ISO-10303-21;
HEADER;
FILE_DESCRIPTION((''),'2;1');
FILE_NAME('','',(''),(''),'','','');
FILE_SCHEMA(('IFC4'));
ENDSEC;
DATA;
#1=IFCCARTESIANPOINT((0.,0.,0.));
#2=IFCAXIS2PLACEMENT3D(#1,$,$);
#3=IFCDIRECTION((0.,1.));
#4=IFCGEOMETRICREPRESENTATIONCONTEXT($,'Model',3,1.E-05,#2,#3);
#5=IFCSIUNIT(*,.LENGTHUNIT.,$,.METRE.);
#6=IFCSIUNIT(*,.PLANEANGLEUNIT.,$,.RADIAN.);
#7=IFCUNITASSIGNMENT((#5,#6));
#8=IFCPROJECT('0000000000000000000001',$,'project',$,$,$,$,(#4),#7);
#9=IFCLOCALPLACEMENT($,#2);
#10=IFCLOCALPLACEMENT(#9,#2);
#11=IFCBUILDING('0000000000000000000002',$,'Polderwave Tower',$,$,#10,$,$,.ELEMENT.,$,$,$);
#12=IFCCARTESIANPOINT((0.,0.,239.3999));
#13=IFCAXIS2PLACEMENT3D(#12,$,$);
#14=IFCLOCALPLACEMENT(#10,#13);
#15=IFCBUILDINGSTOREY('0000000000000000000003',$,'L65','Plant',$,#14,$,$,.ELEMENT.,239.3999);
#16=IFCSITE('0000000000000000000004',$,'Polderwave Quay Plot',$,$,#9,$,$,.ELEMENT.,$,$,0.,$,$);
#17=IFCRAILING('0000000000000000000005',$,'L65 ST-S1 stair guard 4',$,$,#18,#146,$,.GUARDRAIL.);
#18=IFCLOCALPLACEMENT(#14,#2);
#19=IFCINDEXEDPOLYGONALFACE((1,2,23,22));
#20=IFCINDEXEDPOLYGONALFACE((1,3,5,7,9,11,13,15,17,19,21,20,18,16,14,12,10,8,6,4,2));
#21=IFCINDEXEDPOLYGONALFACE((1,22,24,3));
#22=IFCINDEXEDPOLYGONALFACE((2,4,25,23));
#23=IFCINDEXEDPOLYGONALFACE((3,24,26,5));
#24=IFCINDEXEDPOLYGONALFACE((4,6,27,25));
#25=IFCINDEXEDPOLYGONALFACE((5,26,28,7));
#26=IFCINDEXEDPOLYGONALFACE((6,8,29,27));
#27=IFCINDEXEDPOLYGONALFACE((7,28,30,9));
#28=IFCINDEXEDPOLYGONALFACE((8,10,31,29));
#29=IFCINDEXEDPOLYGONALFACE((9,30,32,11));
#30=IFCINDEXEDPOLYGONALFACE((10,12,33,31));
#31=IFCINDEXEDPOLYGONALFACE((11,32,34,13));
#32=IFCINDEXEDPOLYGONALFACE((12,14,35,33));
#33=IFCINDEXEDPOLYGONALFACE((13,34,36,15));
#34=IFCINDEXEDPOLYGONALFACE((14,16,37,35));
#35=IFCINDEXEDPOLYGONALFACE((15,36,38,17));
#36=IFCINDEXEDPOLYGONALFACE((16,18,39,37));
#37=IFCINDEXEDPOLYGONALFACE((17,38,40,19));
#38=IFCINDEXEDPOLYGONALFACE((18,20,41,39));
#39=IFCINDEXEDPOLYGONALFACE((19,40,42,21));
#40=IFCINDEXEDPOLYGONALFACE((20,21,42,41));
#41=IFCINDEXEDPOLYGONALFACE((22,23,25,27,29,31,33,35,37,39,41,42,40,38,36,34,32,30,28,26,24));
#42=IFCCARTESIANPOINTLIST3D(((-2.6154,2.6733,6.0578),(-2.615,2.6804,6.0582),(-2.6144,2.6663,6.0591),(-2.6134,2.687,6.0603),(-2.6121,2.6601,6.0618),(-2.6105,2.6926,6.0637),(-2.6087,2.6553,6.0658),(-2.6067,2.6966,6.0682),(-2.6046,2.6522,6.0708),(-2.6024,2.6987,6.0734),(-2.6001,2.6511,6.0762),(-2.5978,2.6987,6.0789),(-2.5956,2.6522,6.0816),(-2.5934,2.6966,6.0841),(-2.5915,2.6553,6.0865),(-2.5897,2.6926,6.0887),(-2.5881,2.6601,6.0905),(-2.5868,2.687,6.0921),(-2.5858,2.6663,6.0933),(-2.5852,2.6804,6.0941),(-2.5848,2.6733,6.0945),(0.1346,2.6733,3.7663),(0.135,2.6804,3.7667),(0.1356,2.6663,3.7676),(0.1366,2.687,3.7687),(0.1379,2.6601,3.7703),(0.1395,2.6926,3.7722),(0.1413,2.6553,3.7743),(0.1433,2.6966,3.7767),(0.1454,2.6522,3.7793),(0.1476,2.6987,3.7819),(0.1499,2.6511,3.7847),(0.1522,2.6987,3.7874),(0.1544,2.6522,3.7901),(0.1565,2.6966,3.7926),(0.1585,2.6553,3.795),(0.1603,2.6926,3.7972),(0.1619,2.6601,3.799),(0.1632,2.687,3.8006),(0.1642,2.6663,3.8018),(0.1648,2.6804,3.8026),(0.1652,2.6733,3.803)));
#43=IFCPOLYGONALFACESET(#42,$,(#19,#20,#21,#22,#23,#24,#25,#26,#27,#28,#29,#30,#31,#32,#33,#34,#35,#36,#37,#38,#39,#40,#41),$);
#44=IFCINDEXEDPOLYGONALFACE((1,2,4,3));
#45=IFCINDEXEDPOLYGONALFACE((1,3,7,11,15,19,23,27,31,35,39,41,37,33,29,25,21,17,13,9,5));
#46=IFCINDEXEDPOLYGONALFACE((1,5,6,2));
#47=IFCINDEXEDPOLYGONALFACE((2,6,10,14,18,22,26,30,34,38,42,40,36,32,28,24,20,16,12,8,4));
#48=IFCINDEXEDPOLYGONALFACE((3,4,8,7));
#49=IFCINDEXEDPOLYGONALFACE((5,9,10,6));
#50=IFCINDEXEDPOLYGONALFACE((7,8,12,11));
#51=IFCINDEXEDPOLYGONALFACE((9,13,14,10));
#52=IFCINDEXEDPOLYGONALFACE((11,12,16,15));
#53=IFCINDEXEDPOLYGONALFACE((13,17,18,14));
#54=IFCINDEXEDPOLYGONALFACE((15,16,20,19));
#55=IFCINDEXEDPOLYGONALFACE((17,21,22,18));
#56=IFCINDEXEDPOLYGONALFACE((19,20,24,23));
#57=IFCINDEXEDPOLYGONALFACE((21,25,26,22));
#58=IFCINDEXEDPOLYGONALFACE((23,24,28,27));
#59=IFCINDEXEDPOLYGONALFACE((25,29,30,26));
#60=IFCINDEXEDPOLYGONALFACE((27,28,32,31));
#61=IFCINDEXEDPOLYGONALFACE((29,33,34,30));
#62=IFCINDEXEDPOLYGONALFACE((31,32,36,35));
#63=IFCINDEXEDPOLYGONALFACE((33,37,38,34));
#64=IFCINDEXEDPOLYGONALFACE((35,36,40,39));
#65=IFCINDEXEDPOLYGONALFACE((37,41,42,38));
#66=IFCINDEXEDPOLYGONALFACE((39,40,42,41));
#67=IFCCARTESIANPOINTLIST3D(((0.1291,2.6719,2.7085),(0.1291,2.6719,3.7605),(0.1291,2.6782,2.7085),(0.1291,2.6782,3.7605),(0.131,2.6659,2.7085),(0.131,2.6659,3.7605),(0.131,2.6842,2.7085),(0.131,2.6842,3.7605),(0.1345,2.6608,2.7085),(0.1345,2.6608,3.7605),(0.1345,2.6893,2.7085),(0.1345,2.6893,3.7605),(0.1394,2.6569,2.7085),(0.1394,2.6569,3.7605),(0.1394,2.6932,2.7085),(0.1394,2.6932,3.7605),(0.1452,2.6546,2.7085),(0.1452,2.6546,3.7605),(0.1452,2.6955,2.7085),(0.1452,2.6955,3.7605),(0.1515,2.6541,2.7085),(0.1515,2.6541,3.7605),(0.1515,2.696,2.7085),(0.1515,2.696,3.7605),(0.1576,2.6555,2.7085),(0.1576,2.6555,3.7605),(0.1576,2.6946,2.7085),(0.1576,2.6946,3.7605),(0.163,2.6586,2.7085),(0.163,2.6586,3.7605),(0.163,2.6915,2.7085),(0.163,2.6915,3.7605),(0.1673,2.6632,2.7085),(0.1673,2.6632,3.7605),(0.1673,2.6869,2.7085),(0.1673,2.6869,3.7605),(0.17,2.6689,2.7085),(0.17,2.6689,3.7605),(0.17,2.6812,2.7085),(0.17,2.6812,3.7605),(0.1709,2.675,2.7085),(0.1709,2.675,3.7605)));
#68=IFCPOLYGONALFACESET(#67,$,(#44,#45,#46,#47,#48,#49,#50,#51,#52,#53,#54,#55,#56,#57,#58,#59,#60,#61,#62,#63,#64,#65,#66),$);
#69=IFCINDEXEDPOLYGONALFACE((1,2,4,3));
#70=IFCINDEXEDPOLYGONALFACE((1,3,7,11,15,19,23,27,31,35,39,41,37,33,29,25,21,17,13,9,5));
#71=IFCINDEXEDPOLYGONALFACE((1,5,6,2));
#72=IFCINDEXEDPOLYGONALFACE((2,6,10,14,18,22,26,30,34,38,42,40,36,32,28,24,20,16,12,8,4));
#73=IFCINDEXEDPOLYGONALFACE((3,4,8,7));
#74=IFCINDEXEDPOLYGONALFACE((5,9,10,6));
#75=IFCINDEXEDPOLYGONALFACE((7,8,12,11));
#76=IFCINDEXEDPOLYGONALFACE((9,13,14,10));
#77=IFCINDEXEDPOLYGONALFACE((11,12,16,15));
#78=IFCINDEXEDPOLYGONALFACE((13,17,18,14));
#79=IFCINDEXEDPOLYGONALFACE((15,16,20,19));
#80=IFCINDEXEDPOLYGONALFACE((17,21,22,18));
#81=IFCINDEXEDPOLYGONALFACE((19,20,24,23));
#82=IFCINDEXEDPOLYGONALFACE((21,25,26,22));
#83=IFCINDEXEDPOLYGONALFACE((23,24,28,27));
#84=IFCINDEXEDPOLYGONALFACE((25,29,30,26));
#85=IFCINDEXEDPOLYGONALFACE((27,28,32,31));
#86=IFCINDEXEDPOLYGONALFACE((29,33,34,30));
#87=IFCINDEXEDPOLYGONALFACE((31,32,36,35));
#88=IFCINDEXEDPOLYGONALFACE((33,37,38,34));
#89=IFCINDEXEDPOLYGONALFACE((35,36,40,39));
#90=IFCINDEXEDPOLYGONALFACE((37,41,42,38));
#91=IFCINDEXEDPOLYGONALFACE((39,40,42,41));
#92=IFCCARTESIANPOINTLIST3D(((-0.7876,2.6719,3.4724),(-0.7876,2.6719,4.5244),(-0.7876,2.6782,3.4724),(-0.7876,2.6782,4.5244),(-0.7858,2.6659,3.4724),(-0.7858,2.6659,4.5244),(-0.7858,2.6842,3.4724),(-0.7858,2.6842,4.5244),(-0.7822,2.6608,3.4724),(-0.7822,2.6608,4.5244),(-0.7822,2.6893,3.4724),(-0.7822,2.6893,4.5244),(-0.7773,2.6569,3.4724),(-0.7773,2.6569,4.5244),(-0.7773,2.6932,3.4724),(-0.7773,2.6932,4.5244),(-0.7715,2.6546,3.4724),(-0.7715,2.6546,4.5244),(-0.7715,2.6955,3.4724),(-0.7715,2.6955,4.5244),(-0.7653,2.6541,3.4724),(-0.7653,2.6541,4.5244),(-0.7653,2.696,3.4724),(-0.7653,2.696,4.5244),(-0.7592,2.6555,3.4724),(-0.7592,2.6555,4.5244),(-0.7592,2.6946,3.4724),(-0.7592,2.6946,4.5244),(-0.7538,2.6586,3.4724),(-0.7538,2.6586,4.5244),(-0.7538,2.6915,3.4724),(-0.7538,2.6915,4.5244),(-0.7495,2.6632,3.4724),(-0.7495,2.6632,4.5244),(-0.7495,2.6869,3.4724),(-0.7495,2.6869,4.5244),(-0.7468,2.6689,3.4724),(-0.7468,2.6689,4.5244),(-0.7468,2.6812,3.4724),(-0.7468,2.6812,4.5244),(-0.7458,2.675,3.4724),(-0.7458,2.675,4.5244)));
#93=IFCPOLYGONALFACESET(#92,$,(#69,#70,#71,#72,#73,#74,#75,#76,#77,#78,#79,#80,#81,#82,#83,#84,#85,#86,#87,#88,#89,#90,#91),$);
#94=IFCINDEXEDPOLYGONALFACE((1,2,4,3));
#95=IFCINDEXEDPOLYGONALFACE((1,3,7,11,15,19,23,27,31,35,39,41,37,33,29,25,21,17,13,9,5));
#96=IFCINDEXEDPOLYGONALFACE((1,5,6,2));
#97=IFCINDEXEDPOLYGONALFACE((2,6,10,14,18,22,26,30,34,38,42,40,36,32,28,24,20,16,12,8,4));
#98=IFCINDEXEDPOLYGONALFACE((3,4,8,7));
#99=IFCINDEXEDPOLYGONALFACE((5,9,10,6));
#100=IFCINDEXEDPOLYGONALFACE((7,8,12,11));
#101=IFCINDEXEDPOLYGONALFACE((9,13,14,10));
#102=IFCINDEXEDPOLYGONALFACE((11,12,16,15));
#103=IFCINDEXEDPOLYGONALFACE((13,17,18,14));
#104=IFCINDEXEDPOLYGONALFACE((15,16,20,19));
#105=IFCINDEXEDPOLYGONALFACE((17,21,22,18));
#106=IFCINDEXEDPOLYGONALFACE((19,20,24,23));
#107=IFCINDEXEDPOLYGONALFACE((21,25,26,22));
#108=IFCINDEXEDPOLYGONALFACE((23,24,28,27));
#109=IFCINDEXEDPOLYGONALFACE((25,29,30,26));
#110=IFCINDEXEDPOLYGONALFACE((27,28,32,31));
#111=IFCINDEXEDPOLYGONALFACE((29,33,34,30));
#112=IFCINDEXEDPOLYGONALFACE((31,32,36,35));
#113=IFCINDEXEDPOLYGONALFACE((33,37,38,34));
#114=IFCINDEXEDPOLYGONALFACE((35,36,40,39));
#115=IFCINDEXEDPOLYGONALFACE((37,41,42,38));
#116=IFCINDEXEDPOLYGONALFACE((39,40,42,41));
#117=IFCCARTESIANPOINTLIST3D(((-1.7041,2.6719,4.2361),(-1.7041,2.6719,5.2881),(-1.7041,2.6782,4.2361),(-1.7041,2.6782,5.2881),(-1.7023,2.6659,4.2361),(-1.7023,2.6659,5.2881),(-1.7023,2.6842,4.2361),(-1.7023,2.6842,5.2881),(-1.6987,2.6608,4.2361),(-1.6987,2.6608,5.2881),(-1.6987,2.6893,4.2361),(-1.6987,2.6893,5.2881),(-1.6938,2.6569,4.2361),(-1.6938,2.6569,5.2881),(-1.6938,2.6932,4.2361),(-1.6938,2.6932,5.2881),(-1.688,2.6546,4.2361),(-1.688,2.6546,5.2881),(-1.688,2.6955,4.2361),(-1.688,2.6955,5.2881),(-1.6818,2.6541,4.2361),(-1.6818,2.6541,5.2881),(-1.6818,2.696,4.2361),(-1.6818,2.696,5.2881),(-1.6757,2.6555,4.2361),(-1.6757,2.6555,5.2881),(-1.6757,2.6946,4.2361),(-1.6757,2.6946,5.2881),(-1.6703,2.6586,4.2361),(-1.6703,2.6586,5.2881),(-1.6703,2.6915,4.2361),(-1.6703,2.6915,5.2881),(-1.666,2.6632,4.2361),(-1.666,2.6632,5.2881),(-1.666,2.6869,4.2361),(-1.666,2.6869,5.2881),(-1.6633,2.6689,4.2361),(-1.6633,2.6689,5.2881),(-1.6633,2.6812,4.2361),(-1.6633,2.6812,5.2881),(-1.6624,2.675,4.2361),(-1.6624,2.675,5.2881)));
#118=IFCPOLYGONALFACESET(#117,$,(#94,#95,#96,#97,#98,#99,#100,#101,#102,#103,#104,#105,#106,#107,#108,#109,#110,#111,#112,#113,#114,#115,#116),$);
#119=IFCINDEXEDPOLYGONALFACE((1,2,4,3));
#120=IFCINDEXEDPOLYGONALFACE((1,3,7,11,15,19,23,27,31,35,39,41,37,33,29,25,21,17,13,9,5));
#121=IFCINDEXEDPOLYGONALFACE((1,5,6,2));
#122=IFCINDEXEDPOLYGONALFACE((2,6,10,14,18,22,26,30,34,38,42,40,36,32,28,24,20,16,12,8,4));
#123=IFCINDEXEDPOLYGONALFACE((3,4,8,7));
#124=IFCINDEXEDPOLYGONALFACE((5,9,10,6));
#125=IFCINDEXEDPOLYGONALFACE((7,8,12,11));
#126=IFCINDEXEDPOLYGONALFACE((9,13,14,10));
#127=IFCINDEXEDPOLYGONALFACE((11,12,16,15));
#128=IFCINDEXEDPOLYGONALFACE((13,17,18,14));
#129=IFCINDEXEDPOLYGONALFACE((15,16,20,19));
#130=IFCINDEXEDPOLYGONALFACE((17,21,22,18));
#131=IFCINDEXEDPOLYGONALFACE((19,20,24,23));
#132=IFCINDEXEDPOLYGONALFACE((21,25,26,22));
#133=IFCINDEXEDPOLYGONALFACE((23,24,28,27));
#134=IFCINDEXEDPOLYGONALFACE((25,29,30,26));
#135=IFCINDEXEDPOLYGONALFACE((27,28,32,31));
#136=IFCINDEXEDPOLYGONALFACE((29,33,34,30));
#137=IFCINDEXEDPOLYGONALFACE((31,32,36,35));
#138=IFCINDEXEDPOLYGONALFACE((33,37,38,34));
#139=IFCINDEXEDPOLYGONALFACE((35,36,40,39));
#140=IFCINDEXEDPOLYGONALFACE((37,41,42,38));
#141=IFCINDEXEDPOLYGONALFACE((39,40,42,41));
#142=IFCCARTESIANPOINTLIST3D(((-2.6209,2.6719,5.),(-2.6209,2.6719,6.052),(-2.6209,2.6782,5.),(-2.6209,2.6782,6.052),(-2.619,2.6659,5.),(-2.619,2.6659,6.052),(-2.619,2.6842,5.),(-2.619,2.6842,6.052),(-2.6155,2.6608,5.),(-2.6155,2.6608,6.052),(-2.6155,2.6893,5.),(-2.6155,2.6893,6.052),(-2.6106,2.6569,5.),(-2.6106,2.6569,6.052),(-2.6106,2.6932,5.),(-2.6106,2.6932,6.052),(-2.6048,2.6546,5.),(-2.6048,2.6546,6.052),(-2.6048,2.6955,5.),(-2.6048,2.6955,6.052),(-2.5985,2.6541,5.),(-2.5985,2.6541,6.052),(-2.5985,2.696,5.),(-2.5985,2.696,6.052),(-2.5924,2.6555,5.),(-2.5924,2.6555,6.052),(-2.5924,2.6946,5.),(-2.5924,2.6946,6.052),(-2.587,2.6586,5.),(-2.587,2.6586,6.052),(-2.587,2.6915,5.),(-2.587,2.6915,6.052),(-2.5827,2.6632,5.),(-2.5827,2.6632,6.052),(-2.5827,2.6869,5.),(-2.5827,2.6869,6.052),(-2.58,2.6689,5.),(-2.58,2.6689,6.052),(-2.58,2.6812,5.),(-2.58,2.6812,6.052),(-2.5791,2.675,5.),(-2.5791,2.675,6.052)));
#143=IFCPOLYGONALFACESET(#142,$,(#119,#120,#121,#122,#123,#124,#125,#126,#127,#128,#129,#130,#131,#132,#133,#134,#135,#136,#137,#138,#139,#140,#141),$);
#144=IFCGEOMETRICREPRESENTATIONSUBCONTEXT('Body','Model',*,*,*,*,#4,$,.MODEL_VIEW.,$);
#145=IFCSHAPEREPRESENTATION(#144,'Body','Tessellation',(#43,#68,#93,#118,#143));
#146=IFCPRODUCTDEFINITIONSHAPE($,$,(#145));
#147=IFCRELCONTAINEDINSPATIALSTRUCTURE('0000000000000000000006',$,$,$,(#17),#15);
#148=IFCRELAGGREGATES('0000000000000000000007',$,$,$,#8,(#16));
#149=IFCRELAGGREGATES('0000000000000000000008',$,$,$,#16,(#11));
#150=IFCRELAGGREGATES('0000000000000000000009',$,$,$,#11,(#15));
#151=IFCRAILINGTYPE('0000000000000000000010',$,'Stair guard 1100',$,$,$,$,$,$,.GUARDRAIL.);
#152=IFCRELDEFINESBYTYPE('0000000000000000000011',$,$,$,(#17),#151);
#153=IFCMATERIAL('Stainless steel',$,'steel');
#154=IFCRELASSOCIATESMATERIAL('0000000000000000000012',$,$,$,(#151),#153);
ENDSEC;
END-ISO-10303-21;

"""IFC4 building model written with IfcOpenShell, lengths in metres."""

from ifc_helpers import new_model, si_unit, direction, frame, origin, origin_2d, place, context, subcontext, project, spatial, circle, extrude, material, type_object, element, save


model = new_model("IFC4")

# Units and contexts
model_context = context("Model", 3, precision=1e-05, world=origin(), true_north=direction((0.0, 1.0)))
body_context = subcontext(model_context, "Body", "Model", "MODEL_VIEW")
ifc_project = project(units=[si_unit("LENGTHUNIT", "METRE"), si_unit("PLANEANGLEUNIT", "RADIAN")], contexts=[model_context])

# Site, building, storey
site_placement = place(None, origin())
site = spatial("IfcSite", under=ifc_project, at=site_placement, Name="Polderwave Quay Plot", CompositionType="ELEMENT", RefElevation=0.0)
building_placement = place(site_placement, origin())
building = spatial("IfcBuilding", under=site, at=building_placement, Name="Polderwave Tower", CompositionType="ELEMENT")
storey_placement = place(building_placement, frame((0.0, 0.0, 239.3999)))
storey = spatial("IfcBuildingStorey", under=building, at=storey_placement, Name="L65", Description="Plant", CompositionType="ELEMENT", Elevation=239.3999)

# Railing
ifc_material_1 = material(Name="Stainless steel", Category="steel")
railing_type_1 = type_object("IfcRailingType", Name="Stair guard 1100", PredefinedType="GUARDRAIL", material=ifc_material_1)
railing_1_placement = place(storey_placement, frame((0.1499, 2.675, 2.7085)))
element("IfcRailing", 1, at=railing_1_placement, inside=storey, type_object=railing_type_1, Name="L65 ST-S1 stair guard 4", PredefinedType="GUARDRAIL", context=body_context, shape_type="SweptSolid", body=[
    extrude(circle(Radius=0.0239, at=origin_2d()), frame((0.0, 0.0, 1.0762), z_axis=(-0.768244, 0.0, 0.640158), x_axis=(0.0, -1.0, 0.0)), (0.0, 0.0, 1.0), 3.5796),
    extrude(circle(Radius=0.021, at=origin_2d()), origin(), (0.0, 0.0, 1.0), 1.052),
    extrude(circle(Radius=0.021, at=origin_2d()), frame((-0.9167, 0.0, 0.7639)), (0.0, 0.0, 1.0), 1.052),
    extrude(circle(Radius=0.021, at=origin_2d()), frame((-1.8333, 0.0, 1.5276)), (0.0, 0.0, 1.0), 1.052),
    extrude(circle(Radius=0.021, at=origin_2d()), frame((-2.75, 0.0, 2.2915)), (0.0, 0.0, 1.0), 1.052),
])

save(model, "model.ifc")
